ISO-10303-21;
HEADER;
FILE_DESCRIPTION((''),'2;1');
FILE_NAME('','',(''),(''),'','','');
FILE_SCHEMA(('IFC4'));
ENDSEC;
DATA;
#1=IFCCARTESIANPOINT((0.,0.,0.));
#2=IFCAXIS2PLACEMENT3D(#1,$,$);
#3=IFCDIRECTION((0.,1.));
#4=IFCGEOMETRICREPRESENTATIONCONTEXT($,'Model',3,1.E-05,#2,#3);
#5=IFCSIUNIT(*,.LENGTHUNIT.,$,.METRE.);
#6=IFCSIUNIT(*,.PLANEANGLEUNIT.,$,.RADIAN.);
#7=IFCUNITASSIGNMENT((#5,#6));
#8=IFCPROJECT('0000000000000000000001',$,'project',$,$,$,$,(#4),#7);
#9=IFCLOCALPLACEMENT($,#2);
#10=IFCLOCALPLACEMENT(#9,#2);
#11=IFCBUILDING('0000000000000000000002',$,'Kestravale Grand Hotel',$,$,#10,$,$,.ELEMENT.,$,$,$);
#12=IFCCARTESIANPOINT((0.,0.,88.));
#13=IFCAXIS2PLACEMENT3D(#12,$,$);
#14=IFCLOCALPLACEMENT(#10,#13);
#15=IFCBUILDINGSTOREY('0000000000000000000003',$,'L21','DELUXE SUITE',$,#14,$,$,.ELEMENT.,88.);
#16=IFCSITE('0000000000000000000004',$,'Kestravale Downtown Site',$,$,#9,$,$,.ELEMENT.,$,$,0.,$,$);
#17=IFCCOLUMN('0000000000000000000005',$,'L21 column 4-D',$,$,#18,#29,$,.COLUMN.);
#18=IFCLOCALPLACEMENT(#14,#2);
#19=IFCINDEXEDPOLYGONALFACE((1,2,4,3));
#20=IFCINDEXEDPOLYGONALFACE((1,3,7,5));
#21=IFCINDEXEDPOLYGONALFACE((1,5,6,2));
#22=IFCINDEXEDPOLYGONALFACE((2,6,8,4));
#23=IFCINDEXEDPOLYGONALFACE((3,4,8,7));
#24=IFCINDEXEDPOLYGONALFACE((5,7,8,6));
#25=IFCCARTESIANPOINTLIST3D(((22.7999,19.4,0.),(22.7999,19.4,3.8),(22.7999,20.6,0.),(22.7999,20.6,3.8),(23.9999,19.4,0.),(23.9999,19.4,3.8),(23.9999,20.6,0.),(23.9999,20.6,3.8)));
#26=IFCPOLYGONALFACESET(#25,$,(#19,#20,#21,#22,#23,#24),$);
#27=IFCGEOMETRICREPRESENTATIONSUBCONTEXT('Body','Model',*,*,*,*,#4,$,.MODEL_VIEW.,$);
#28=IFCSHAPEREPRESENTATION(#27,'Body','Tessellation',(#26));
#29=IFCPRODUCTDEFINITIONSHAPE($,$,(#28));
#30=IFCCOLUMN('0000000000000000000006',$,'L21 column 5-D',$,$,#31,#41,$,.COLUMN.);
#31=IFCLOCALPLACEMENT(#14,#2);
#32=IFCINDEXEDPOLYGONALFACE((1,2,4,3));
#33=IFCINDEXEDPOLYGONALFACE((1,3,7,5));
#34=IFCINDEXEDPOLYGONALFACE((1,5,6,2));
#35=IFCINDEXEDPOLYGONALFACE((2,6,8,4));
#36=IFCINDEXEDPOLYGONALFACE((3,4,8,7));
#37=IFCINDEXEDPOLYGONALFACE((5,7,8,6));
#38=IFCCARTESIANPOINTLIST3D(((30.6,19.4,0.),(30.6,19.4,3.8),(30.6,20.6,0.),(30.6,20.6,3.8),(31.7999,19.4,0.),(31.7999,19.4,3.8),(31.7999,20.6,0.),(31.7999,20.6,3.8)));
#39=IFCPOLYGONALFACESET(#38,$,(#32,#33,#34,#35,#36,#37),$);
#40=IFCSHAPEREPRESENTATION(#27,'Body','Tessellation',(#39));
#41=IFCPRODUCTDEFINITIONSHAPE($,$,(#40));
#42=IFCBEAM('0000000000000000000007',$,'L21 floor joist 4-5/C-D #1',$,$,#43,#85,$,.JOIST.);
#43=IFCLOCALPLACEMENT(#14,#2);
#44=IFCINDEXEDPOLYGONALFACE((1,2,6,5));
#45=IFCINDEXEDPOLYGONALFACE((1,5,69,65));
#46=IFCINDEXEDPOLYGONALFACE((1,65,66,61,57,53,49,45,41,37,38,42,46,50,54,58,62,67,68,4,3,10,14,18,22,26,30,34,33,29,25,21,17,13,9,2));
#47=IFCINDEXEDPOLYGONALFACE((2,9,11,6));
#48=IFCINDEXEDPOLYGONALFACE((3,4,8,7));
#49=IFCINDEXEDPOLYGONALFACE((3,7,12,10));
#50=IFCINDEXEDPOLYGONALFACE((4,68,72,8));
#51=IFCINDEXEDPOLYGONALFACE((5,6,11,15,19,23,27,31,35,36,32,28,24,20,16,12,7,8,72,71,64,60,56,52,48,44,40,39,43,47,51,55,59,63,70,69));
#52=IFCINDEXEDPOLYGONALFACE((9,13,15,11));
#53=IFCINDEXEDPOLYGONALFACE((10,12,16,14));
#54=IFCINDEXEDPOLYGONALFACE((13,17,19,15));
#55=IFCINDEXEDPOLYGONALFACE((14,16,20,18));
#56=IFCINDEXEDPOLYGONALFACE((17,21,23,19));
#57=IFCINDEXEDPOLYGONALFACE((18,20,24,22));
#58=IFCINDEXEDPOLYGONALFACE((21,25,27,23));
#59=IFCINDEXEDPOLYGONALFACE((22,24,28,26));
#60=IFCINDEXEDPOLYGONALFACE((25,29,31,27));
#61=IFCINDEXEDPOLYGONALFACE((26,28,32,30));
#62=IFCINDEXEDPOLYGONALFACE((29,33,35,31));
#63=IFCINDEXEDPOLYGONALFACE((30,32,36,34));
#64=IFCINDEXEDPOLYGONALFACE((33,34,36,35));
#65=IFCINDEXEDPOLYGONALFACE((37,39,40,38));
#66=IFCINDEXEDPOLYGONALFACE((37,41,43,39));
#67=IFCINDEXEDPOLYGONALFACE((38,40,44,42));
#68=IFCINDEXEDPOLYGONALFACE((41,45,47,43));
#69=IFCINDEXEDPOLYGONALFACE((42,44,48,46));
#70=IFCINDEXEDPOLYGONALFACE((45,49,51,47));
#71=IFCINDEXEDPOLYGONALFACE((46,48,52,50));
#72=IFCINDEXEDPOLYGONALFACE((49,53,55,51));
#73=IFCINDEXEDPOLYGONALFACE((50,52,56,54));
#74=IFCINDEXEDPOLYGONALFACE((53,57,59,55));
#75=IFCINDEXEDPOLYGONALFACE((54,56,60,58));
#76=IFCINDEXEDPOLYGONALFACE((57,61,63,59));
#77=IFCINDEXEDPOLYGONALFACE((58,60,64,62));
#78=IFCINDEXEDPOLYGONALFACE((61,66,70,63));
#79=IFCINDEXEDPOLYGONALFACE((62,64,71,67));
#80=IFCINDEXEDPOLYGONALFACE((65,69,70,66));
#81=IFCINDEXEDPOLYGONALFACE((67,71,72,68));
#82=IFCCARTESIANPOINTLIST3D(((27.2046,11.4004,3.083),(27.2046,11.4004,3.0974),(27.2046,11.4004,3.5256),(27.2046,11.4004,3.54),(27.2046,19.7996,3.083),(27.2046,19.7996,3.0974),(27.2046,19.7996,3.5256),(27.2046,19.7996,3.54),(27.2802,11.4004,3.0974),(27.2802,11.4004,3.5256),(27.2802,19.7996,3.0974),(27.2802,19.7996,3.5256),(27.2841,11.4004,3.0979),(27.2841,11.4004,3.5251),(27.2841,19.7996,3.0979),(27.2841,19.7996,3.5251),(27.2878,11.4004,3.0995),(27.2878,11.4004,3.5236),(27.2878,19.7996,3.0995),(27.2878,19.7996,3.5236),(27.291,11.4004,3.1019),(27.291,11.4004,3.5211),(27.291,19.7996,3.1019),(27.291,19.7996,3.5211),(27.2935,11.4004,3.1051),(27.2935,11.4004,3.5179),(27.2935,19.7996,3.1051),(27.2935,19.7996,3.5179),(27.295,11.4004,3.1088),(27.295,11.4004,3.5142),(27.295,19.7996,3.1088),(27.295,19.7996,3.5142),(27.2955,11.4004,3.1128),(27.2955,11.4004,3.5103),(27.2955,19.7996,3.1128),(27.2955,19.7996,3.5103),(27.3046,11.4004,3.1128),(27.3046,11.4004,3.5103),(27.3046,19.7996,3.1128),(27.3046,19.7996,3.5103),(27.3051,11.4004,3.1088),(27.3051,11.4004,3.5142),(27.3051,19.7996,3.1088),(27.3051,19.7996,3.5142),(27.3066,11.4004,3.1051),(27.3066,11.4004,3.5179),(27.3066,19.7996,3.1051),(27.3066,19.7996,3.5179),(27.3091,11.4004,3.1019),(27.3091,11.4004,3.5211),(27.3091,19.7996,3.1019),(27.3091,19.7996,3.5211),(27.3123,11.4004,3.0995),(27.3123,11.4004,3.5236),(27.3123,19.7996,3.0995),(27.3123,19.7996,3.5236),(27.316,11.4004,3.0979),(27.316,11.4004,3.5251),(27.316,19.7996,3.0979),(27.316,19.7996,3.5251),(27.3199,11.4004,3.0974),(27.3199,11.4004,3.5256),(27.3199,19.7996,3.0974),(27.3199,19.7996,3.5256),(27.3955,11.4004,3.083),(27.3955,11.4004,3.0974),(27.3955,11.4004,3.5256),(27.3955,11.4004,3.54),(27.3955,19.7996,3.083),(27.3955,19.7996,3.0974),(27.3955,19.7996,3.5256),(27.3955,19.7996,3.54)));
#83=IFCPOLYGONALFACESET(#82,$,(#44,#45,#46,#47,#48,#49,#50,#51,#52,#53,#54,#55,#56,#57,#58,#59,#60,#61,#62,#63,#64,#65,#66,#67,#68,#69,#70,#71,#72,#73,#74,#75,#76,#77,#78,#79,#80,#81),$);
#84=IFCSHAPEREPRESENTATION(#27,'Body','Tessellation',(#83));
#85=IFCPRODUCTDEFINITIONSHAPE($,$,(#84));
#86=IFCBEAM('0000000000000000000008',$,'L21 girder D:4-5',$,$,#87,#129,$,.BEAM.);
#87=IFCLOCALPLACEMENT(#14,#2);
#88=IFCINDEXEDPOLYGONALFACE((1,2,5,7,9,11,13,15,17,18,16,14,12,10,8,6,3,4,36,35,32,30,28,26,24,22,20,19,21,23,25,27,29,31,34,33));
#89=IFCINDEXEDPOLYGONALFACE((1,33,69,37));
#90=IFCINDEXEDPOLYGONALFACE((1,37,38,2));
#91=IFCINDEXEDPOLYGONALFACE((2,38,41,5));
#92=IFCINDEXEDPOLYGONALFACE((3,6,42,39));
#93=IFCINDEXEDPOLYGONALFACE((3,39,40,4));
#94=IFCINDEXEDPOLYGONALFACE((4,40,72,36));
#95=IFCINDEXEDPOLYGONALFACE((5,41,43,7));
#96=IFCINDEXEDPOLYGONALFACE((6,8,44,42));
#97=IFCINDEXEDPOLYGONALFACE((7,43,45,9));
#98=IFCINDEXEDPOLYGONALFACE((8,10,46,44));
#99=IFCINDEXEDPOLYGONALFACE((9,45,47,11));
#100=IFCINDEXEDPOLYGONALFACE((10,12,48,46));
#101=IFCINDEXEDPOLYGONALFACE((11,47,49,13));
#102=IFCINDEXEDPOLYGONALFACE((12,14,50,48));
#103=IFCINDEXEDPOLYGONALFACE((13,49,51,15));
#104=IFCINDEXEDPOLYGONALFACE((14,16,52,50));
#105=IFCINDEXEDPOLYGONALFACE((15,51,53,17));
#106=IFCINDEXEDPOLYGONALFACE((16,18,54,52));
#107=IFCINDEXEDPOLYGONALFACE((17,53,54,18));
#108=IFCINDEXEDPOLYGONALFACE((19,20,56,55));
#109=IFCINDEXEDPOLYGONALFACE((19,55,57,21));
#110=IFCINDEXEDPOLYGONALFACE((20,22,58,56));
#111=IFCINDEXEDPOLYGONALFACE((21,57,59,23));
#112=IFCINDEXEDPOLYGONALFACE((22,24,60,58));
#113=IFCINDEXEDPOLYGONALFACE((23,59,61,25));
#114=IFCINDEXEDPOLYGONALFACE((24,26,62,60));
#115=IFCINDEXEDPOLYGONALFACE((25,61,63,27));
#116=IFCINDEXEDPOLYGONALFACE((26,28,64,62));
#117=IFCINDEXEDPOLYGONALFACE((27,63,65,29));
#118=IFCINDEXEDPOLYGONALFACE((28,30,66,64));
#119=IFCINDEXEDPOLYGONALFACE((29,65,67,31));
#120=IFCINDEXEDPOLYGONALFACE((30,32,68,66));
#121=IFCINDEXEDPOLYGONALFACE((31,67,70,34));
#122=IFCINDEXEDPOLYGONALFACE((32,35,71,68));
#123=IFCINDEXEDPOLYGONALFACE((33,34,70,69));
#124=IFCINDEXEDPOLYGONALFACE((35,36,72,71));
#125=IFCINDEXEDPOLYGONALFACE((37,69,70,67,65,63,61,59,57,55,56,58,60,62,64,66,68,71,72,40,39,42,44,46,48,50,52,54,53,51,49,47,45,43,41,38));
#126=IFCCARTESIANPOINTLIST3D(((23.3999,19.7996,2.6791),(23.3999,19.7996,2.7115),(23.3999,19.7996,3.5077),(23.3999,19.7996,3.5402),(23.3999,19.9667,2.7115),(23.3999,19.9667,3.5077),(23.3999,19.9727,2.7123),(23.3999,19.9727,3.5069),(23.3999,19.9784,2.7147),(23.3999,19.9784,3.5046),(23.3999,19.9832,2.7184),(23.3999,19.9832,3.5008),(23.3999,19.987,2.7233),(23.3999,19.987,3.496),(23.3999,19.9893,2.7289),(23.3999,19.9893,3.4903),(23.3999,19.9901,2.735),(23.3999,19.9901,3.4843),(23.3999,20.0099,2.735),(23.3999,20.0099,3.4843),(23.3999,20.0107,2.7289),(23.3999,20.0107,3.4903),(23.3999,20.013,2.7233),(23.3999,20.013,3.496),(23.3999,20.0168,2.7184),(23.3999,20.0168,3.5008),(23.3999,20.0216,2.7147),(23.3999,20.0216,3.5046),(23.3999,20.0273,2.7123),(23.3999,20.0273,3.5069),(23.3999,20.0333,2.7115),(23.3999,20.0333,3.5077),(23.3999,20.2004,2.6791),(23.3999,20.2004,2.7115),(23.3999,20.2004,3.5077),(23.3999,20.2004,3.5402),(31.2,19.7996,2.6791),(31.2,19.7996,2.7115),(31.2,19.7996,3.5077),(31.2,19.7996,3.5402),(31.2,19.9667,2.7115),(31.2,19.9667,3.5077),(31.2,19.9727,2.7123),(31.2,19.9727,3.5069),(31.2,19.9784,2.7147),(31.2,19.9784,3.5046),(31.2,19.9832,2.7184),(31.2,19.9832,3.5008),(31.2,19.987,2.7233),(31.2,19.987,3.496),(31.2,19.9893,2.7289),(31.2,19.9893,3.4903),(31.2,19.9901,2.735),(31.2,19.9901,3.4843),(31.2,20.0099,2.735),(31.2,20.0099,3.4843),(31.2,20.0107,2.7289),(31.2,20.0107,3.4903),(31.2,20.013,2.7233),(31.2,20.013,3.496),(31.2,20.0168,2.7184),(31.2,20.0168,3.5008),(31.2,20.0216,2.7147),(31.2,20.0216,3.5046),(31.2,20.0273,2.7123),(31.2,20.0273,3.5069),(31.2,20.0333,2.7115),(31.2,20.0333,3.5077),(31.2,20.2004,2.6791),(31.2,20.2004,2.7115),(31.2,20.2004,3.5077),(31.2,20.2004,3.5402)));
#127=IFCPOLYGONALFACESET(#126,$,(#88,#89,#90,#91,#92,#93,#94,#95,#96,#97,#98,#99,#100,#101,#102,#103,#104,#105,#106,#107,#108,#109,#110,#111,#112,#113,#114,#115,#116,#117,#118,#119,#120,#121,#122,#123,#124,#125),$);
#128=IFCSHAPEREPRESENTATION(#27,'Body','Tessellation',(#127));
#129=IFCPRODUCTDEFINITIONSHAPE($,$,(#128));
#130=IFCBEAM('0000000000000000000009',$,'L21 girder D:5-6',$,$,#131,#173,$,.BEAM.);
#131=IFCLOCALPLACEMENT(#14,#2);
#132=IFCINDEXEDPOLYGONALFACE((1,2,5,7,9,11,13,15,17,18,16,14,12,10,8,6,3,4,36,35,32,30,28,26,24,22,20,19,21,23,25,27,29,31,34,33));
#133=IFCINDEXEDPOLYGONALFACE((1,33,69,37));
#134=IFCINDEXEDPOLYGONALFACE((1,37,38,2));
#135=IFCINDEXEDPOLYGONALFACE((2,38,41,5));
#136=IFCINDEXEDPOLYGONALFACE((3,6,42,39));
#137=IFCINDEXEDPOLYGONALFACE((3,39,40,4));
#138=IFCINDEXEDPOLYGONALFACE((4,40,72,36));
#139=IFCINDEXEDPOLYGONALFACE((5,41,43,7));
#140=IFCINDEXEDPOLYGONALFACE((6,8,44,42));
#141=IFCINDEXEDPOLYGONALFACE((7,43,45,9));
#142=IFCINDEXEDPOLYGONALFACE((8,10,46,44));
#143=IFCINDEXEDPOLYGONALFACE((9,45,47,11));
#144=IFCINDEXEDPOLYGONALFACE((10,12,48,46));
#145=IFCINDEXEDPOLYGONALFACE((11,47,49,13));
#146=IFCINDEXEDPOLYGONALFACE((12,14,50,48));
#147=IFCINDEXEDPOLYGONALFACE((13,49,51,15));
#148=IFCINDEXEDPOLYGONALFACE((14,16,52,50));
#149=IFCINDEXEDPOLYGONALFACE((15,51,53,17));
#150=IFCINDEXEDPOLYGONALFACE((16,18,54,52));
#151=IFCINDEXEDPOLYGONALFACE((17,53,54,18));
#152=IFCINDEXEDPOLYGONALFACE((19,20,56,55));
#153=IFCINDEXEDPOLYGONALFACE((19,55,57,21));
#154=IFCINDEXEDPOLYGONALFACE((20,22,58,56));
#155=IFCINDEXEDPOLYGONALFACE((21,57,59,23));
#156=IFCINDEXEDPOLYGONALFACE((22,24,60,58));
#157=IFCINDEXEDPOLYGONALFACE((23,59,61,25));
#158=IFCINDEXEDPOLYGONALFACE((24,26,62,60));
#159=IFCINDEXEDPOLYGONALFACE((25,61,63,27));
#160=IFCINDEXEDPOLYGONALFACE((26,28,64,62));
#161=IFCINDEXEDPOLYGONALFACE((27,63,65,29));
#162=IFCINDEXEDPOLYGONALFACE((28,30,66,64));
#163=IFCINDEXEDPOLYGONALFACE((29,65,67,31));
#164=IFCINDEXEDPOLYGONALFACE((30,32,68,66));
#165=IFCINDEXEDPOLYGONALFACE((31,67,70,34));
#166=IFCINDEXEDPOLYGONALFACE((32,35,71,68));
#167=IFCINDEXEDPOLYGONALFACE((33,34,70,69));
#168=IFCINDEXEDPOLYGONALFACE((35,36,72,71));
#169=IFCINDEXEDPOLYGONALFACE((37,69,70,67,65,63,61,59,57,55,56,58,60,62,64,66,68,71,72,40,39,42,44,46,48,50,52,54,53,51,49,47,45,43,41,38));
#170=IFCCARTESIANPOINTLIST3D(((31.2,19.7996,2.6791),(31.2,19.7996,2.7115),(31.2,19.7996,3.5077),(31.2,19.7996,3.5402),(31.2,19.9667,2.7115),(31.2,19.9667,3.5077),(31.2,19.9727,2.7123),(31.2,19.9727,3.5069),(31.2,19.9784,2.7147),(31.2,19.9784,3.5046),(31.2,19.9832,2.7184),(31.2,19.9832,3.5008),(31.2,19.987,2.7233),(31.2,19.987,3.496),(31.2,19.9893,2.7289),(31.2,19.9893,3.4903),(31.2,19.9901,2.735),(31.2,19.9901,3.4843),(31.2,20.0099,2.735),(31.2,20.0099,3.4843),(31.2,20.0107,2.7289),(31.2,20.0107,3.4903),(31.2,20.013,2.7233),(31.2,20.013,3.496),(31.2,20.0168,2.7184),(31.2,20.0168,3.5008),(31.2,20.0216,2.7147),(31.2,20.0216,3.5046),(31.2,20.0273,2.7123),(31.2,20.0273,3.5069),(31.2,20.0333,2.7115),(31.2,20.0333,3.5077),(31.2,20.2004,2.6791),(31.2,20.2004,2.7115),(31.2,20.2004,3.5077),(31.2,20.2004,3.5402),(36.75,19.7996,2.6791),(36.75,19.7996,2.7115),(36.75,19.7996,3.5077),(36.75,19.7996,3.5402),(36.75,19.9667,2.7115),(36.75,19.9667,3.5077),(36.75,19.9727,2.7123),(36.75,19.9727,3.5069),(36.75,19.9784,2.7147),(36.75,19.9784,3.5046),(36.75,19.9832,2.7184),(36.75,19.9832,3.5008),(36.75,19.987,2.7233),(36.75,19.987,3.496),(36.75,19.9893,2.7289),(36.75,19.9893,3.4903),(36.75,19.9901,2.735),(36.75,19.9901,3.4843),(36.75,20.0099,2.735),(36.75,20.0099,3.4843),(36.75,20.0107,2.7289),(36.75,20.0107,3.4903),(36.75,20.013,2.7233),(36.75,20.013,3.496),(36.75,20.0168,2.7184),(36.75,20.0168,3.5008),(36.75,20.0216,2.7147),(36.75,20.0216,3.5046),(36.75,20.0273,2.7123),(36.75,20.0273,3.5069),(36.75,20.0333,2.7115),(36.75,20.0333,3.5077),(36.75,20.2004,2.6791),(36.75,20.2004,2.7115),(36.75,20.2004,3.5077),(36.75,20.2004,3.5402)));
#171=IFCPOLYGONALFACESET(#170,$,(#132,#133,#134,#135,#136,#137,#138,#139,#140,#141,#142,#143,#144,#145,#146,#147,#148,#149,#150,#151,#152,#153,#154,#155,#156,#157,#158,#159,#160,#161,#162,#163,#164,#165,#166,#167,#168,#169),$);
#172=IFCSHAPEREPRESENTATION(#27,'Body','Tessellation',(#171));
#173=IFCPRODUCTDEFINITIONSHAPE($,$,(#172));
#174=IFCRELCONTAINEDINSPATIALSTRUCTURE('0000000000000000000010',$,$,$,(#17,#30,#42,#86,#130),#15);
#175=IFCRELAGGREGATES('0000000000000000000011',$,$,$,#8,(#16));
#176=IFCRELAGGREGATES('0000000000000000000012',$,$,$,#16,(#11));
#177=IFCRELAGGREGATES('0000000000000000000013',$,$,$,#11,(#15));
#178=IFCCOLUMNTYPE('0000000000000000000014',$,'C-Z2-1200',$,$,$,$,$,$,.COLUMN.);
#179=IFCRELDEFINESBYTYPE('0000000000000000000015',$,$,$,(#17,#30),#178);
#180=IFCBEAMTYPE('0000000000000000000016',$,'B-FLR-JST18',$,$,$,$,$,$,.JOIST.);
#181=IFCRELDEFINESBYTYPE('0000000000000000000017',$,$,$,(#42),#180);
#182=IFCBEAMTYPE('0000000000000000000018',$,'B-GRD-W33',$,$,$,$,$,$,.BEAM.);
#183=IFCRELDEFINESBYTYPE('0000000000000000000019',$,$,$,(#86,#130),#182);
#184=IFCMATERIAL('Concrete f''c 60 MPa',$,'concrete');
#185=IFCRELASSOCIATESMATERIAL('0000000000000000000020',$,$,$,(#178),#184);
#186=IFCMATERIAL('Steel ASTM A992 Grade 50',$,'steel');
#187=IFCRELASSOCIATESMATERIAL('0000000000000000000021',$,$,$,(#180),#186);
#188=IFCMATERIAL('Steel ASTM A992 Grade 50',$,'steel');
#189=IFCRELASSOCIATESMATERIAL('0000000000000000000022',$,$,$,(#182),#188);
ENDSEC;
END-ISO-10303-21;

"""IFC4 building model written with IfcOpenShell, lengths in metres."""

from ifc_helpers import new_model, si_unit, direction, frame, origin, origin_2d, place, context, subcontext, project, spatial, rectangle, i_section, extrude, material, material_profile, profile_set, type_object, element, save


model = new_model("IFC4")

# Units and contexts
model_context = context("Model", 3, precision=1e-05, world=origin(), true_north=direction((0.0, 1.0)))
body_context = subcontext(model_context, "Body", "Model", "MODEL_VIEW")
ifc_project = project(units=[si_unit("LENGTHUNIT", "METRE"), si_unit("PLANEANGLEUNIT", "RADIAN")], contexts=[model_context])

# Site, building, storey
site_placement = place(None, origin())
site = spatial("IfcSite", under=ifc_project, at=site_placement, Name="Kestravale Downtown Site", CompositionType="ELEMENT", RefElevation=0.0)
building_placement = place(site_placement, origin())
building = spatial("IfcBuilding", under=site, at=building_placement, Name="Kestravale Grand Hotel", CompositionType="ELEMENT")
storey_placement = place(building_placement, frame((0.0, 0.0, 88.0)))
storey = spatial("IfcBuildingStorey", under=building, at=storey_placement, Name="L21", Description="DELUXE SUITE", CompositionType="ELEMENT", Elevation=88.0)

# Columns
ifc_material_1 = material(Name="Concrete f'c 60 MPa", Category="concrete")
ifc_material_profile_1 = material_profile(ifc_material_1, rectangle(XDim=1.2, YDim=1.2, at=origin_2d()))
ifc_profile_set_1 = profile_set([ifc_material_profile_1], Name="Concrete f'c 60 MPa")
column_type = type_object("IfcColumnType", Name="C-Z2-1200", PredefinedType="COLUMN", material=ifc_profile_set_1)
for number, where, z_axis, x_axis, name in (
    (1, (23.3999, 20.0, 0.0), (0.0, 0.0, 1.0), (1.0, 0.0, 0.0), "L21 column 4-D"),
    (2, (31.2, 20.0, 0.0), (0.0, 0.0, 1.0), (1.0, 0.0, 0.0), "L21 column 5-D"),
):
    element("IfcColumn", number, at=place(storey_placement, frame(where, z_axis=z_axis, x_axis=x_axis)), inside=storey, type_object=column_type, Name=name, PredefinedType="COLUMN", context=body_context, shape_type="SweptSolid", body=[
        extrude(rectangle(XDim=1.2, YDim=1.2, at=origin_2d()), origin(), (0.0, 0.0, 1.0), 3.8),
    ])

# Beams
ifc_material_2 = material(Name="Steel ASTM A992 Grade 50", Category="steel")
ifc_material_profile_2 = material_profile(ifc_material_2, i_section(OverallWidth=0.1909, OverallDepth=0.457, WebThickness=0.009, FlangeThickness=0.0144, FilletRadius=0.0154, at=origin_2d()))
ifc_profile_set_2 = profile_set([ifc_material_profile_2], Name="Steel ASTM A992 Grade 50")
beam_type_1 = type_object("IfcBeamType", Name="B-FLR-JST18", PredefinedType="JOIST", material=ifc_profile_set_2)
beam_1_placement = place(storey_placement, frame((27.3, 11.4004, 3.3115), z_axis=(0.0, 1.0, 0.0), x_axis=(-1.0, 0.0, 0.0)))
element("IfcBeam", 3, at=beam_1_placement, inside=storey, type_object=beam_type_1, Name="L21 floor joist 4-5/C-D #1", PredefinedType="JOIST", context=body_context, shape_type="SweptSolid", body=[
    extrude(i_section(OverallWidth=0.1909, OverallDepth=0.457, WebThickness=0.009, FlangeThickness=0.0144, FilletRadius=0.0154, at=origin_2d()), origin(), (0.0, 0.0, 1.0), 8.3992),
])
ifc_material_3 = material(Name="Steel ASTM A992 Grade 50", Category="steel")
ifc_material_profile_3 = material_profile(ifc_material_3, i_section(OverallWidth=0.4009, OverallDepth=0.8611, WebThickness=0.0198, FlangeThickness=0.0325, FilletRadius=0.0234, at=origin_2d()))
ifc_profile_set_3 = profile_set([ifc_material_profile_3], Name="Steel ASTM A992 Grade 50")
beam_type_2 = type_object("IfcBeamType", Name="B-GRD-W33", PredefinedType="BEAM", material=ifc_profile_set_3)
beam_2_placement = place(storey_placement, frame((23.3999, 20.0, 3.1096), z_axis=(1.0, 0.0, 0.0), x_axis=(0.0, 1.0, 0.0)))
element("IfcBeam", 4, at=beam_2_placement, inside=storey, type_object=beam_type_2, Name="L21 girder D:4-5", PredefinedType="BEAM", context=body_context, shape_type="SweptSolid", body=[
    extrude(i_section(OverallWidth=0.4009, OverallDepth=0.8611, WebThickness=0.0198, FlangeThickness=0.0325, FilletRadius=0.0234, at=origin_2d()), origin(), (0.0, 0.0, 1.0), 7.8),
])
beam_3_placement = place(storey_placement, frame((31.2, 20.0, 3.1096), z_axis=(1.0, 0.0, 0.0), x_axis=(0.0, 1.0, 0.0)))
element("IfcBeam", 5, at=beam_3_placement, inside=storey, type_object=beam_type_2, Name="L21 girder D:5-6", PredefinedType="BEAM", context=body_context, shape_type="SweptSolid", body=[
    extrude(i_section(OverallWidth=0.4009, OverallDepth=0.8611, WebThickness=0.0198, FlangeThickness=0.0325, FilletRadius=0.0234, at=origin_2d()), origin(), (0.0, 0.0, 1.0), 5.55),
])

save(model, "model.ifc")
